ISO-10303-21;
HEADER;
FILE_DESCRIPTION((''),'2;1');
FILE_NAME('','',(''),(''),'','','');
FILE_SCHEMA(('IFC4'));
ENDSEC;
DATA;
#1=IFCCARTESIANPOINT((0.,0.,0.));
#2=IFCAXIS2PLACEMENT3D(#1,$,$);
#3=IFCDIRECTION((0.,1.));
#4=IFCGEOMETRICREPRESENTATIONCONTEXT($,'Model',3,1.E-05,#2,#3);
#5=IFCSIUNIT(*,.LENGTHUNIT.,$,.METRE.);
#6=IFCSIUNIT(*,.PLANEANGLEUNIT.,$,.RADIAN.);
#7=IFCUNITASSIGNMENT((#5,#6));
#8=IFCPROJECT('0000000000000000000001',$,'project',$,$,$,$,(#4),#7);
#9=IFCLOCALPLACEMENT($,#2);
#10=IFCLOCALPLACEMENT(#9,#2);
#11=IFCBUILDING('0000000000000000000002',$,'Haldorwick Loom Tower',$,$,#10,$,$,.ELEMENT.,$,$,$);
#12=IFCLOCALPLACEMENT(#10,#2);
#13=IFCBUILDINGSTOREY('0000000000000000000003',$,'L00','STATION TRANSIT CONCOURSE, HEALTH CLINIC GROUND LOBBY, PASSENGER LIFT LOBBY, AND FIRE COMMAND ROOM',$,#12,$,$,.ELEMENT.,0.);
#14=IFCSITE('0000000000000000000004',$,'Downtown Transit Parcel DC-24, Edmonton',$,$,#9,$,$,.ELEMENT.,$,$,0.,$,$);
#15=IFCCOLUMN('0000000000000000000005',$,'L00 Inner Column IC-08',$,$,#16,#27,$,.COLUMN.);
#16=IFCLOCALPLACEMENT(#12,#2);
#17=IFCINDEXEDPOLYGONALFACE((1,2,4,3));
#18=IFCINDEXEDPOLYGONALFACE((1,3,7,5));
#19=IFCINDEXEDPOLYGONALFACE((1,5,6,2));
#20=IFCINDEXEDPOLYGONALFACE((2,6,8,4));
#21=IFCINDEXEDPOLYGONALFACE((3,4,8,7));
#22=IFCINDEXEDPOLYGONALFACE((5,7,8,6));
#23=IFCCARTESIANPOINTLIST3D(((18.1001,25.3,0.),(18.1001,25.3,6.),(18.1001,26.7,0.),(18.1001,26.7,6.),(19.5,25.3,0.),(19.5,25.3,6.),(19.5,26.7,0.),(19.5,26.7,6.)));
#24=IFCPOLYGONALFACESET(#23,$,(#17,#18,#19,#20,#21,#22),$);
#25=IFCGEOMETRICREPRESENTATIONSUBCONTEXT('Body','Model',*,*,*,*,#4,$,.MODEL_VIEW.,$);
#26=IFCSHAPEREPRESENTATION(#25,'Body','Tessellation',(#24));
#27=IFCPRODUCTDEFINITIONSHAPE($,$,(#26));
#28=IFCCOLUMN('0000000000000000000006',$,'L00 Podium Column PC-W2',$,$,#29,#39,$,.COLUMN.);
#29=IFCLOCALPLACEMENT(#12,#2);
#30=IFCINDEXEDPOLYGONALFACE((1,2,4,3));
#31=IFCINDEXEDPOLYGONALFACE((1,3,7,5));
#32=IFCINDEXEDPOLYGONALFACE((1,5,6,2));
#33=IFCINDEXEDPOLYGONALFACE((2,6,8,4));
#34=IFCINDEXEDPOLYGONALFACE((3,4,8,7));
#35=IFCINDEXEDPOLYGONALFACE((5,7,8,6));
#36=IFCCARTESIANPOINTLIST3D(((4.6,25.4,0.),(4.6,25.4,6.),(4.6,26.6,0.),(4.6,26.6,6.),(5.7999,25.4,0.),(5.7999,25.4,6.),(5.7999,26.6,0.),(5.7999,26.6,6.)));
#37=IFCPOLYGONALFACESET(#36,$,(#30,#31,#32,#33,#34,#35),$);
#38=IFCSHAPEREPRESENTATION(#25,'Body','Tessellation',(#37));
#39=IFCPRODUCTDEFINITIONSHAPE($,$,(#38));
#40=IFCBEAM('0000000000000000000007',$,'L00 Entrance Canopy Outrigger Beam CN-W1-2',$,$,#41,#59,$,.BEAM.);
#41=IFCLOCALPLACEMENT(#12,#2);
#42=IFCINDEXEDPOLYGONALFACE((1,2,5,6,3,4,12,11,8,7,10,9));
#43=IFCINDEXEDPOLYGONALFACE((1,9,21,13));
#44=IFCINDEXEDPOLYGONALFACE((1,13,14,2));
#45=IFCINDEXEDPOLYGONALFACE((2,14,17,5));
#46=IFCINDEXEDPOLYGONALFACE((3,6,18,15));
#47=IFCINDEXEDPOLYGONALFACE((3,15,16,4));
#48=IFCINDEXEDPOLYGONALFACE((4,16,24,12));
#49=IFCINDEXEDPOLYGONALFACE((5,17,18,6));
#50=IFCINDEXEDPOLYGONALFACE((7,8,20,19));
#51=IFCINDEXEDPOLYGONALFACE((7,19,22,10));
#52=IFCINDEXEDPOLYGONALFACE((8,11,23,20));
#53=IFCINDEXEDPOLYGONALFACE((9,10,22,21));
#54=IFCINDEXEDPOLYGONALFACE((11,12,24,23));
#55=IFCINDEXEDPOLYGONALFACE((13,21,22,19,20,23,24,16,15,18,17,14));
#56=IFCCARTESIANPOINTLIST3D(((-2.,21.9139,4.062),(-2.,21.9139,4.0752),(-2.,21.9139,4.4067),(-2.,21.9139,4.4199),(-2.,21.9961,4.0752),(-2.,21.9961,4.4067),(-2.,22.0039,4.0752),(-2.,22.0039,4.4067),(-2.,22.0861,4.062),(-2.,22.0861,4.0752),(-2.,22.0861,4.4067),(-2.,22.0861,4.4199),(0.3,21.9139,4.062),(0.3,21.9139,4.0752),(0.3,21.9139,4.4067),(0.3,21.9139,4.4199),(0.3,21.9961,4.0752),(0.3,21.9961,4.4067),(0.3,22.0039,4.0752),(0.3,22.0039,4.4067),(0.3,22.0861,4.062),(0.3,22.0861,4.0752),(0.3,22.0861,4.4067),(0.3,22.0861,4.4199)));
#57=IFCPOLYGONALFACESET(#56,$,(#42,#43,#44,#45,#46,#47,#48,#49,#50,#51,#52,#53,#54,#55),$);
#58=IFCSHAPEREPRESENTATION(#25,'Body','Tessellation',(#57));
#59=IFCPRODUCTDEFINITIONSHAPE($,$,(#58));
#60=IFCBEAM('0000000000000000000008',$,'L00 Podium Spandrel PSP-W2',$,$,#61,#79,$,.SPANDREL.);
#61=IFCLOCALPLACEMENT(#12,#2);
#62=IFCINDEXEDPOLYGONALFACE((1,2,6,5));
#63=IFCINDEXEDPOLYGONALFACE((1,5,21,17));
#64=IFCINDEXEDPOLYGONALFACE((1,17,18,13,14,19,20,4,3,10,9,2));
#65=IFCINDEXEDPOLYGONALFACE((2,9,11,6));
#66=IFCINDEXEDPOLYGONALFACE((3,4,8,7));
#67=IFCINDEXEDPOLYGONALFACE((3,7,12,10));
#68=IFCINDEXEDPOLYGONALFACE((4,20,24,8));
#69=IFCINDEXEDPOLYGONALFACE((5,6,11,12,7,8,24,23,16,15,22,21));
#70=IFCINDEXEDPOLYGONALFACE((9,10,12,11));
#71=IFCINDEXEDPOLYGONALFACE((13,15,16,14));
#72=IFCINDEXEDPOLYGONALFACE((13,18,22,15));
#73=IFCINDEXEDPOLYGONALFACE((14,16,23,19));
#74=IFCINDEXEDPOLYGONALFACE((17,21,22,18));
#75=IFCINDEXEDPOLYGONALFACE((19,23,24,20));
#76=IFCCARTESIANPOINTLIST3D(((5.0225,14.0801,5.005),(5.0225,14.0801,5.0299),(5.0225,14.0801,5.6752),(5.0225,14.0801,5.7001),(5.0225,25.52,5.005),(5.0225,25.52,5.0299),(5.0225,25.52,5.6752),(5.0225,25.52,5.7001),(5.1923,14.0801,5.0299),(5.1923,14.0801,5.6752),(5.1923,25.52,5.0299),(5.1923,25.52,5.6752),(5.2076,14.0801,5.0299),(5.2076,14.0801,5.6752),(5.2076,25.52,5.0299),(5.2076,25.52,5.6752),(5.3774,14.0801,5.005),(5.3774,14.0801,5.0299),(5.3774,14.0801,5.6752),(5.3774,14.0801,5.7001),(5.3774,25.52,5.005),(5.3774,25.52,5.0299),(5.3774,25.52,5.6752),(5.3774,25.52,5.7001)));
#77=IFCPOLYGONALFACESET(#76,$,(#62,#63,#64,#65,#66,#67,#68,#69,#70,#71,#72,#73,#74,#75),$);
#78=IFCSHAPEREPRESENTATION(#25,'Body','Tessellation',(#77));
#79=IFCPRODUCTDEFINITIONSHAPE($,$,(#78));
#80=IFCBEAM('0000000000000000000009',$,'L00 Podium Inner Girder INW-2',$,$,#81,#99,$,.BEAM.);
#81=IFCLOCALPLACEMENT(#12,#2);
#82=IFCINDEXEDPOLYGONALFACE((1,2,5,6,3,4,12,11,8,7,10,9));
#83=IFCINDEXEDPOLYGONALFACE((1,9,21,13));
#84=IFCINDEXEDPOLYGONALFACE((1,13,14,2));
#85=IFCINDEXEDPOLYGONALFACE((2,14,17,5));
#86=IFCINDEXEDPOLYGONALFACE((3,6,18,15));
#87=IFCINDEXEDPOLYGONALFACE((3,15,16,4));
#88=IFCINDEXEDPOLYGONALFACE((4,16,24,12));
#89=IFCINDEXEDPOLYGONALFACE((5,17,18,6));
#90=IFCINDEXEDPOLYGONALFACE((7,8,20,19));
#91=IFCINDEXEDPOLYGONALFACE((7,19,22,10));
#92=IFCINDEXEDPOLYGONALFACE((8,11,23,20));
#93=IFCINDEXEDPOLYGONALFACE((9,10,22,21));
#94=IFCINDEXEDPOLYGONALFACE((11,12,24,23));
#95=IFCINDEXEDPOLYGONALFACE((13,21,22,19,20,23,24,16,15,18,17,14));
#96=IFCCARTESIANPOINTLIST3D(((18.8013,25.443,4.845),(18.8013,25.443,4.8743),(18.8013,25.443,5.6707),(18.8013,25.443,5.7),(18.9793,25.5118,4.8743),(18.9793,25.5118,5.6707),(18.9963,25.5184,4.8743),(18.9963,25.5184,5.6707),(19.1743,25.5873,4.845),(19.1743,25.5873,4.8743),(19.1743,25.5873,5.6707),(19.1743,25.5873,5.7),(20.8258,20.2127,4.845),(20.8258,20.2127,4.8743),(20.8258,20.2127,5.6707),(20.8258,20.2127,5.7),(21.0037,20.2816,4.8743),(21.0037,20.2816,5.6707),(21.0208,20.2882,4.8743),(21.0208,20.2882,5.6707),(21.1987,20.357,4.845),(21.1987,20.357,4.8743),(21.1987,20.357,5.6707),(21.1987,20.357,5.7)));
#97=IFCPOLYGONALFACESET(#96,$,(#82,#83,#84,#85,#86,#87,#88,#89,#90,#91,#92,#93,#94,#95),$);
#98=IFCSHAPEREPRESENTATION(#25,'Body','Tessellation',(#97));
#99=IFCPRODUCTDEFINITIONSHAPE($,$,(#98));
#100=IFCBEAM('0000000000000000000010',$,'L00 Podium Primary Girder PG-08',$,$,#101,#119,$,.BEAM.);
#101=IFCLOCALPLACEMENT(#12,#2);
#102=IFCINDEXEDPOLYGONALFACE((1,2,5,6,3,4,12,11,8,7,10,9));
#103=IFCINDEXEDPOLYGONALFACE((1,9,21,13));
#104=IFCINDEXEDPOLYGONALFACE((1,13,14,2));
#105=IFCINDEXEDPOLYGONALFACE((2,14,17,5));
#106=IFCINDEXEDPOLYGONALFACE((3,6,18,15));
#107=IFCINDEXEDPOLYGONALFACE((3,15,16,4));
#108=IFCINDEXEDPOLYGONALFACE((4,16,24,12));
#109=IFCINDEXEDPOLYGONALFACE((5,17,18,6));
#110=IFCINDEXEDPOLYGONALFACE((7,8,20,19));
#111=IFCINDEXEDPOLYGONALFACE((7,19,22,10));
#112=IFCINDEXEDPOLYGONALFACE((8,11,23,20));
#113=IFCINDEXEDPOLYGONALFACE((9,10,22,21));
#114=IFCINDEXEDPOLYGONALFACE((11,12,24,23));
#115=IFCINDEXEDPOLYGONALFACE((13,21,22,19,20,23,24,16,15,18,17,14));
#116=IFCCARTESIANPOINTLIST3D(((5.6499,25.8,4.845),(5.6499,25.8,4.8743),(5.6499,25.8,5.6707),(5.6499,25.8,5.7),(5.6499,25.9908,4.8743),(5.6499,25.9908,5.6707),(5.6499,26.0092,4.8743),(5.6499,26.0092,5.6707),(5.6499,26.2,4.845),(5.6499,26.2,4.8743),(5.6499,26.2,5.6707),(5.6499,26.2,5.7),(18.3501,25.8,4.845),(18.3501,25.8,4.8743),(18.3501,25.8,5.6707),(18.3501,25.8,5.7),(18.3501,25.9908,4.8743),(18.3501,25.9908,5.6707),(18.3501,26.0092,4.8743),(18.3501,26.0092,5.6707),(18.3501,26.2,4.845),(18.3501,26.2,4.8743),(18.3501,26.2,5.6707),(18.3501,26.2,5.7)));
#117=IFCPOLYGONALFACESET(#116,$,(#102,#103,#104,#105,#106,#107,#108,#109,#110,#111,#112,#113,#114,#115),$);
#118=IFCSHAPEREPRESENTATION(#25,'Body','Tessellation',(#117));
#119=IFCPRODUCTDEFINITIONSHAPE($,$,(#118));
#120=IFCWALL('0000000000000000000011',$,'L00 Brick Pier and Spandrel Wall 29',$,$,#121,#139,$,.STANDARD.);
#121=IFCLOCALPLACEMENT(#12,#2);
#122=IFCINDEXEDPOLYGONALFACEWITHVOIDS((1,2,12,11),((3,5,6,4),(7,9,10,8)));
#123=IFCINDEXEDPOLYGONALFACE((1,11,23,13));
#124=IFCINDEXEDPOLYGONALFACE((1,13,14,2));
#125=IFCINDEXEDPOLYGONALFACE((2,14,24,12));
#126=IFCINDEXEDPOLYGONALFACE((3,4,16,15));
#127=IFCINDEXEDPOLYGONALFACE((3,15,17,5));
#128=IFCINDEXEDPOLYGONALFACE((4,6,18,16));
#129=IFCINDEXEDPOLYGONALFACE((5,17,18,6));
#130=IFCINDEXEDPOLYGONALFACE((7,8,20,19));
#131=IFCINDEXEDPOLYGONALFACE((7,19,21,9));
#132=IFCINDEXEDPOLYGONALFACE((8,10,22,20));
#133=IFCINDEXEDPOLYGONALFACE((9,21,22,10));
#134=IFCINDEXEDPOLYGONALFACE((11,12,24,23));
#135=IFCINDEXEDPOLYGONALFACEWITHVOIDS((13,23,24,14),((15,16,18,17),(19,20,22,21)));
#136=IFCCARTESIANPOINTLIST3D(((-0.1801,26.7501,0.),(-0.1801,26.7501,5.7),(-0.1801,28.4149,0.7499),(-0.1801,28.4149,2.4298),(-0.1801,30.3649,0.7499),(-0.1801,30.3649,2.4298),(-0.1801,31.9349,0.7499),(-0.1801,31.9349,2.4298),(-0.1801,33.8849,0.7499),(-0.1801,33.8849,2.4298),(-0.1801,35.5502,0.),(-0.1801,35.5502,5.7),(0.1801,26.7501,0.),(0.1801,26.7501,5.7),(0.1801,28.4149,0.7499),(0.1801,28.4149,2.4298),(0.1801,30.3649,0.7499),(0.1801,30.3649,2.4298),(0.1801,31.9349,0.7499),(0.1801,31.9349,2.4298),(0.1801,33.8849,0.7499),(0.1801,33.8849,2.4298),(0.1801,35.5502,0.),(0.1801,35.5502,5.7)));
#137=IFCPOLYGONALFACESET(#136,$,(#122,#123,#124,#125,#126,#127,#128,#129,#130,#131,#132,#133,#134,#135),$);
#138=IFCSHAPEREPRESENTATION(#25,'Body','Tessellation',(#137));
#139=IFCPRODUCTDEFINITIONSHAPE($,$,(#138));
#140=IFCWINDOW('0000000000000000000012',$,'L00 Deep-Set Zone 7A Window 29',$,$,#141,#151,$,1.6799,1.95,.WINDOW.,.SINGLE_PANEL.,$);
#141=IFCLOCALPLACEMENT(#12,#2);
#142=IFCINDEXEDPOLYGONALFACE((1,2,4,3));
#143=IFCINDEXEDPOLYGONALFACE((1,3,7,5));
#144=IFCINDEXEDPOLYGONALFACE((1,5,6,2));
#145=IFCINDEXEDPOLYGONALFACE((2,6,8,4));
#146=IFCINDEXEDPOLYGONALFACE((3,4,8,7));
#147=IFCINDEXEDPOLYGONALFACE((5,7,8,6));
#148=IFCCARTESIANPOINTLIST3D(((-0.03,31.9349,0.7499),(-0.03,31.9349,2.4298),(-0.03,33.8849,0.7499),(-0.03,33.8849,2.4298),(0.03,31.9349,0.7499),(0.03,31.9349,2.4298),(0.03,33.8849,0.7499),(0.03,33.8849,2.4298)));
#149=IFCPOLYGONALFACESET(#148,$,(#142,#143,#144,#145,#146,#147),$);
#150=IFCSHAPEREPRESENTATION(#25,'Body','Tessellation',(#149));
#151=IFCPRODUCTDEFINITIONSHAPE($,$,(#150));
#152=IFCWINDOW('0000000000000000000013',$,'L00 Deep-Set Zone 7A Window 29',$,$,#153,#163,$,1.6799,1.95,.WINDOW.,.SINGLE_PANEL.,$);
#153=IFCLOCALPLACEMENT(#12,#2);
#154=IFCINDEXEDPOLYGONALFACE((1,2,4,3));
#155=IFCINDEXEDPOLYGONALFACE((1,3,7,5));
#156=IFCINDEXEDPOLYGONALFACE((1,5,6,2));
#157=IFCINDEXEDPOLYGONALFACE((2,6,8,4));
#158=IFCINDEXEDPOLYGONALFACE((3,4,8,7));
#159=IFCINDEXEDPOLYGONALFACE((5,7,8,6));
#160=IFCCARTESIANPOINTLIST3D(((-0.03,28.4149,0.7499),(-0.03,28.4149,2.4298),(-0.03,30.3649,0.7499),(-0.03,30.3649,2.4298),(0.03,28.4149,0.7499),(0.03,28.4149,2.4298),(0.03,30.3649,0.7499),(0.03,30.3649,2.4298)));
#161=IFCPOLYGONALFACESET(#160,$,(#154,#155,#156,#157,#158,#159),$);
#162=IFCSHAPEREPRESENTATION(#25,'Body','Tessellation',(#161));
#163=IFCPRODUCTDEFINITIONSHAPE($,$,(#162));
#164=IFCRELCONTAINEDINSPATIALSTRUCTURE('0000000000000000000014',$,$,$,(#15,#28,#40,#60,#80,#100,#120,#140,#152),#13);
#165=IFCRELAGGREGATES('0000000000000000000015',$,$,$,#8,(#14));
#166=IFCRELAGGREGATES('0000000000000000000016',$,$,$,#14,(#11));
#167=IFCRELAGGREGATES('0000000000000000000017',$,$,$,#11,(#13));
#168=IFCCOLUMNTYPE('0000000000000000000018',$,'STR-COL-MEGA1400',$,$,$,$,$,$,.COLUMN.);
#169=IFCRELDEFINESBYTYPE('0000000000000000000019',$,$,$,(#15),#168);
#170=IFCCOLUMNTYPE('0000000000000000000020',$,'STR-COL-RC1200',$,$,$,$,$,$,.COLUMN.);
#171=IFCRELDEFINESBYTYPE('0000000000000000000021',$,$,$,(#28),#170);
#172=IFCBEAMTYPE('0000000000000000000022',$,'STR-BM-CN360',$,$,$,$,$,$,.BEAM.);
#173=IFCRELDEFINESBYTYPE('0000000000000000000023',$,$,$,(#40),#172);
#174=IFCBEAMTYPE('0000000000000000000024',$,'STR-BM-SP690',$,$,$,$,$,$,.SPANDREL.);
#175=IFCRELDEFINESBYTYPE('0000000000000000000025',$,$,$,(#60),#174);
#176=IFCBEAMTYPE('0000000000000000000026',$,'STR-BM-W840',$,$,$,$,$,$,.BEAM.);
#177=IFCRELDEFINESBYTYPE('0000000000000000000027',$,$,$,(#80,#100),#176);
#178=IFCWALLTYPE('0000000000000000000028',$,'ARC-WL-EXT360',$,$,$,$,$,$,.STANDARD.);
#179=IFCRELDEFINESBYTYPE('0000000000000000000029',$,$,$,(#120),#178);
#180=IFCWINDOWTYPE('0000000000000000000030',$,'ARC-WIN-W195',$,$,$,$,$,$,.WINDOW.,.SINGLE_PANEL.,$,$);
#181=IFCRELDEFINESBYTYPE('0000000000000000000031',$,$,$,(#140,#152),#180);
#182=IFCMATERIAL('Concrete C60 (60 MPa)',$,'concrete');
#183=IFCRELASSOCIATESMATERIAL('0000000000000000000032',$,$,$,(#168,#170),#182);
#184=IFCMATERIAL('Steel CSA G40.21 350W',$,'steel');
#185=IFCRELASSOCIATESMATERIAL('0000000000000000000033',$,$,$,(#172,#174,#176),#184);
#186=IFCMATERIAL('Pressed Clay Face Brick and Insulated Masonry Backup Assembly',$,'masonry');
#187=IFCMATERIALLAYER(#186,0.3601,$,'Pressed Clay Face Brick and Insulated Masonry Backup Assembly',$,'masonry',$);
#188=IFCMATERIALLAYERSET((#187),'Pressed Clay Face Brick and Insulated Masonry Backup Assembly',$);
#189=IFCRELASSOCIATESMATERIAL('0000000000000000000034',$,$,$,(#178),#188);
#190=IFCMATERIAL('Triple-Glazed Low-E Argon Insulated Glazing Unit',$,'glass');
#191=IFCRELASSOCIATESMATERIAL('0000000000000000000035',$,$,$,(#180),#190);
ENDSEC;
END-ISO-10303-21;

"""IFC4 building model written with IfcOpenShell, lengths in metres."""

from ifc_helpers import new_model, si_unit, direction, frame, frame_2d, origin, origin_2d, place, context, subcontext, project, spatial, rectangle, i_section, extrude, material, layer, layer_set, material_profile, profile_set, type_object, element, fill, save


model = new_model("IFC4")

# Units and contexts
model_context = context("Model", 3, precision=1e-05, world=origin(), true_north=direction((0.0, 1.0)))
body_context = subcontext(model_context, "Body", "Model", "MODEL_VIEW")
ifc_project = project(units=[si_unit("LENGTHUNIT", "METRE"), si_unit("PLANEANGLEUNIT", "RADIAN")], contexts=[model_context])

# Site, building, storey
site_placement = place(None, origin())
site = spatial("IfcSite", under=ifc_project, at=site_placement, Name="Downtown Transit Parcel DC-24, Edmonton", CompositionType="ELEMENT", RefElevation=0.0)
building_placement = place(site_placement, origin())
building = spatial("IfcBuilding", under=site, at=building_placement, Name="Haldorwick Loom Tower", CompositionType="ELEMENT")
storey_placement = place(building_placement, origin())
storey = spatial("IfcBuildingStorey", under=building, at=storey_placement, Name="L00", Description="STATION TRANSIT CONCOURSE, HEALTH CLINIC GROUND LOBBY, PASSENGER LIFT LOBBY, AND FIRE COMMAND ROOM", CompositionType="ELEMENT", Elevation=0.0)

# Columns
ifc_material_1 = material(Name="Concrete C60 (60 MPa)", Category="concrete")
ifc_material_profile_1 = material_profile(ifc_material_1, rectangle(XDim=1.3999, YDim=1.3999, at=origin_2d()), Name="RC1400X1400", Category="concrete")
ifc_profile_set_1 = profile_set([ifc_material_profile_1], Name="Concrete C60 (60 MPa)")
column_type_1 = type_object("IfcColumnType", Name="STR-COL-MEGA1400", PredefinedType="COLUMN", material=ifc_profile_set_1)
column_1_placement = place(storey_placement, frame((18.8, 26.0, 0.0), z_axis=(0.0, 0.0, 1.0), x_axis=(1.0, 0.0, 0.0)))
element("IfcColumn", 1, at=column_1_placement, inside=storey, type_object=column_type_1, Name="L00 Inner Column IC-08", PredefinedType="COLUMN", context=body_context, shape_type="SweptSolid", body=[
    extrude(rectangle(XDim=1.3999, YDim=1.3999, at=origin_2d()), origin(), (0.0, 0.0, 1.0), 6.0),
])
ifc_material_profile_2 = material_profile(ifc_material_1, rectangle(XDim=1.2, YDim=1.2, at=origin_2d()), Name="RC1200X1200", Category="concrete")
ifc_profile_set_2 = profile_set([ifc_material_profile_2], Name="Concrete C60 (60 MPa)")
column_type_2 = type_object("IfcColumnType", Name="STR-COL-RC1200", PredefinedType="COLUMN", material=ifc_profile_set_2)
column_2_placement = place(storey_placement, frame((5.2, 26.0, 0.0), z_axis=(0.0, 0.0, 1.0), x_axis=(1.0, 0.0, 0.0)))
element("IfcColumn", 2, at=column_2_placement, inside=storey, type_object=column_type_2, Name="L00 Podium Column PC-W2", PredefinedType="COLUMN", context=body_context, shape_type="SweptSolid", body=[
    extrude(rectangle(XDim=1.2, YDim=1.2, at=origin_2d()), origin(), (0.0, 0.0, 1.0), 6.0),
])

# Beams
ifc_material_2 = material(Name="Steel CSA G40.21 350W", Category="steel")
ifc_material_profile_3 = material_profile(ifc_material_2, i_section(OverallWidth=0.1721, OverallDepth=0.3579, WebThickness=0.0078, FlangeThickness=0.0132, at=origin_2d()), Name="W360X57", Category="steel")
ifc_profile_set_3 = profile_set([ifc_material_profile_3], Name="Steel CSA G40.21 350W")
beam_type_1 = type_object("IfcBeamType", Name="STR-BM-CN360", PredefinedType="BEAM", material=ifc_profile_set_3)
beam_1_placement = place(storey_placement, frame((0.3, 22.0, 4.241), z_axis=(-1.0, 0.0, 0.0), x_axis=(0.0, -1.0, 0.0)))
element("IfcBeam", 3, at=beam_1_placement, inside=storey, type_object=beam_type_1, Name="L00 Entrance Canopy Outrigger Beam CN-W1-2", PredefinedType="BEAM", context=body_context, shape_type="SweptSolid", body=[
    extrude(i_section(OverallWidth=0.1721, OverallDepth=0.3579, WebThickness=0.0078, FlangeThickness=0.0132, at=origin_2d()), origin(), (0.0, 0.0, 1.0), 2.3),
])
ifc_material_profile_4 = material_profile(ifc_material_2, i_section(OverallWidth=0.355, OverallDepth=0.6951, WebThickness=0.0154, FlangeThickness=0.0249, at=origin_2d()), Name="W690X217", Category="steel")
ifc_profile_set_4 = profile_set([ifc_material_profile_4], Name="Steel CSA G40.21 350W")
beam_type_2 = type_object("IfcBeamType", Name="STR-BM-SP690", PredefinedType="SPANDREL", material=ifc_profile_set_4)
beam_2_placement = place(storey_placement, frame((5.2, 25.52, 5.3525), z_axis=(0.0, -1.0, 0.0), x_axis=(1.0, 0.0, 0.0)))
element("IfcBeam", 4, at=beam_2_placement, inside=storey, type_object=beam_type_2, Name="L00 Podium Spandrel PSP-W2", PredefinedType="SPANDREL", context=body_context, shape_type="SweptSolid", body=[
    extrude(i_section(OverallWidth=0.355, OverallDepth=0.6951, WebThickness=0.0154, FlangeThickness=0.0249, at=origin_2d()), origin(), (0.0, 0.0, 1.0), 11.4399),
])
ifc_material_profile_5 = material_profile(ifc_material_2, i_section(OverallWidth=0.3999, OverallDepth=0.855, WebThickness=0.0183, FlangeThickness=0.0293, at=origin_2d()), Name="W840X299", Category="steel")
ifc_profile_set_5 = profile_set([ifc_material_profile_5], Name="Steel CSA G40.21 350W")
beam_type_3 = type_object("IfcBeamType", Name="STR-BM-W840", PredefinedType="BEAM", material=ifc_profile_set_5)
beam_3_placement = place(storey_placement, frame((18.9878, 25.5151, 5.2725), z_axis=(0.360965, -0.932579, 0.0), x_axis=(0.932579, 0.360965, 0.0)))
element("IfcBeam", 5, at=beam_3_placement, inside=storey, type_object=beam_type_3, Name="L00 Podium Inner Girder INW-2", PredefinedType="BEAM", context=body_context, shape_type="SweptSolid", body=[
    extrude(i_section(OverallWidth=0.3999, OverallDepth=0.855, WebThickness=0.0183, FlangeThickness=0.0293, at=origin_2d()), origin(), (0.0, 0.0, 1.0), 5.6084),
])
beam_4_placement = place(storey_placement, frame((5.6499, 26.0, 5.2725), z_axis=(1.0, 0.0, 0.0), x_axis=(0.0, 1.0, 0.0)))
element("IfcBeam", 6, at=beam_4_placement, inside=storey, type_object=beam_type_3, Name="L00 Podium Primary Girder PG-08", PredefinedType="BEAM", context=body_context, shape_type="SweptSolid", body=[
    extrude(i_section(OverallWidth=0.3999, OverallDepth=0.855, WebThickness=0.0183, FlangeThickness=0.0293, at=origin_2d()), origin(), (0.0, 0.0, 1.0), 12.7002),
])

# Wall, openings, windows
ifc_material_3 = material(Name="Pressed Clay Face Brick and Insulated Masonry Backup Assembly", Category="masonry")
ifc_layer_1 = layer(ifc_material_3, 0.3601, Name="Pressed Clay Face Brick and Insulated Masonry Backup Assembly", Category="masonry")
ifc_layer_set_1 = layer_set([ifc_layer_1], Name="Pressed Clay Face Brick and Insulated Masonry Backup Assembly")
wall_type_1 = type_object("IfcWallType", Name="ARC-WL-EXT360", PredefinedType="STANDARD", material=ifc_layer_set_1)
wall_1_placement = place(storey_placement, frame((0.0, 35.55, 0.0), z_axis=(0.0, 0.0, 1.0), x_axis=(0.0, -1.0, 0.0)))
wall_1 = element("IfcWall", 7, at=wall_1_placement, inside=storey, type_object=wall_type_1, Name="L00 Brick Pier and Spandrel Wall 29", PredefinedType="STANDARD", context=body_context, shape_type="SweptSolid", body=[
    extrude(rectangle(XDim=8.8, YDim=0.3601, at=frame_2d((4.3999, 0.0))), origin(), (0.0, 0.0, 1.0), 5.7),
])
opening_1_placement = place(wall_1_placement, frame((1.665, 0.0, 0.75)))
opening_1 = element("IfcOpeningElement", 8, at=opening_1_placement, cuts=wall_1, PredefinedType="OPENING", context=body_context, shape_type="SweptSolid", body=[
    extrude(rectangle(XDim=1.95, YDim=1.6799, at=frame_2d((0.9751, 0.8398))), frame((0.0, 0.1899, 0.0), z_axis=(0.0, -1.0, 0.0), x_axis=(1.0, 0.0, 0.0)), (0.0, 0.0, 1.0), 0.3801),
])
opening_2_placement = place(wall_1_placement, frame((5.1851, 0.0, 0.75)))
opening_2 = element("IfcOpeningElement", 9, at=opening_2_placement, cuts=wall_1, PredefinedType="OPENING", context=body_context, shape_type="SweptSolid", body=[
    extrude(rectangle(XDim=1.95, YDim=1.6799, at=frame_2d((0.9751, 0.8398))), frame((0.0, 0.1899, 0.0), z_axis=(0.0, -1.0, 0.0), x_axis=(1.0, 0.0, 0.0)), (0.0, 0.0, 1.0), 0.3801),
])
ifc_material_4 = material(Name="Triple-Glazed Low-E Argon Insulated Glazing Unit", Category="glass")
window_type = type_object("IfcWindowType", Name="ARC-WIN-W195", PartitioningType="SINGLE_PANEL", PredefinedType="WINDOW", material=ifc_material_4)
window_1_placement = place(opening_1_placement, origin())
window_1 = element("IfcWindow", 10, at=window_1_placement, inside=storey, type_object=window_type, Name="L00 Deep-Set Zone 7A Window 29", OverallHeight=1.6799, OverallWidth=1.95, PartitioningType="SINGLE_PANEL", PredefinedType="WINDOW", context=body_context, shape_type="SweptSolid", body=[
    extrude(rectangle(XDim=1.95, YDim=1.6799, at=frame_2d((0.9751, 0.8398))), frame((0.0, 0.03, 0.0), z_axis=(0.0, -1.0, 0.0), x_axis=(1.0, 0.0, 0.0)), (0.0, 0.0, 1.0), 0.0601),
])
fill(opening_1, window_1)
window_2_placement = place(opening_2_placement, origin())
window_2 = element("IfcWindow", 11, at=window_2_placement, inside=storey, type_object=window_type, Name="L00 Deep-Set Zone 7A Window 29", OverallHeight=1.6799, OverallWidth=1.95, PartitioningType="SINGLE_PANEL", PredefinedType="WINDOW", context=body_context, shape_type="SweptSolid", body=[
    extrude(rectangle(XDim=1.95, YDim=1.6799, at=frame_2d((0.9751, 0.8398))), frame((0.0, 0.03, 0.0), z_axis=(0.0, -1.0, 0.0), x_axis=(1.0, 0.0, 0.0)), (0.0, 0.0, 1.0), 0.0601),
])
fill(opening_2, window_2)

save(model, "model.ifc")
